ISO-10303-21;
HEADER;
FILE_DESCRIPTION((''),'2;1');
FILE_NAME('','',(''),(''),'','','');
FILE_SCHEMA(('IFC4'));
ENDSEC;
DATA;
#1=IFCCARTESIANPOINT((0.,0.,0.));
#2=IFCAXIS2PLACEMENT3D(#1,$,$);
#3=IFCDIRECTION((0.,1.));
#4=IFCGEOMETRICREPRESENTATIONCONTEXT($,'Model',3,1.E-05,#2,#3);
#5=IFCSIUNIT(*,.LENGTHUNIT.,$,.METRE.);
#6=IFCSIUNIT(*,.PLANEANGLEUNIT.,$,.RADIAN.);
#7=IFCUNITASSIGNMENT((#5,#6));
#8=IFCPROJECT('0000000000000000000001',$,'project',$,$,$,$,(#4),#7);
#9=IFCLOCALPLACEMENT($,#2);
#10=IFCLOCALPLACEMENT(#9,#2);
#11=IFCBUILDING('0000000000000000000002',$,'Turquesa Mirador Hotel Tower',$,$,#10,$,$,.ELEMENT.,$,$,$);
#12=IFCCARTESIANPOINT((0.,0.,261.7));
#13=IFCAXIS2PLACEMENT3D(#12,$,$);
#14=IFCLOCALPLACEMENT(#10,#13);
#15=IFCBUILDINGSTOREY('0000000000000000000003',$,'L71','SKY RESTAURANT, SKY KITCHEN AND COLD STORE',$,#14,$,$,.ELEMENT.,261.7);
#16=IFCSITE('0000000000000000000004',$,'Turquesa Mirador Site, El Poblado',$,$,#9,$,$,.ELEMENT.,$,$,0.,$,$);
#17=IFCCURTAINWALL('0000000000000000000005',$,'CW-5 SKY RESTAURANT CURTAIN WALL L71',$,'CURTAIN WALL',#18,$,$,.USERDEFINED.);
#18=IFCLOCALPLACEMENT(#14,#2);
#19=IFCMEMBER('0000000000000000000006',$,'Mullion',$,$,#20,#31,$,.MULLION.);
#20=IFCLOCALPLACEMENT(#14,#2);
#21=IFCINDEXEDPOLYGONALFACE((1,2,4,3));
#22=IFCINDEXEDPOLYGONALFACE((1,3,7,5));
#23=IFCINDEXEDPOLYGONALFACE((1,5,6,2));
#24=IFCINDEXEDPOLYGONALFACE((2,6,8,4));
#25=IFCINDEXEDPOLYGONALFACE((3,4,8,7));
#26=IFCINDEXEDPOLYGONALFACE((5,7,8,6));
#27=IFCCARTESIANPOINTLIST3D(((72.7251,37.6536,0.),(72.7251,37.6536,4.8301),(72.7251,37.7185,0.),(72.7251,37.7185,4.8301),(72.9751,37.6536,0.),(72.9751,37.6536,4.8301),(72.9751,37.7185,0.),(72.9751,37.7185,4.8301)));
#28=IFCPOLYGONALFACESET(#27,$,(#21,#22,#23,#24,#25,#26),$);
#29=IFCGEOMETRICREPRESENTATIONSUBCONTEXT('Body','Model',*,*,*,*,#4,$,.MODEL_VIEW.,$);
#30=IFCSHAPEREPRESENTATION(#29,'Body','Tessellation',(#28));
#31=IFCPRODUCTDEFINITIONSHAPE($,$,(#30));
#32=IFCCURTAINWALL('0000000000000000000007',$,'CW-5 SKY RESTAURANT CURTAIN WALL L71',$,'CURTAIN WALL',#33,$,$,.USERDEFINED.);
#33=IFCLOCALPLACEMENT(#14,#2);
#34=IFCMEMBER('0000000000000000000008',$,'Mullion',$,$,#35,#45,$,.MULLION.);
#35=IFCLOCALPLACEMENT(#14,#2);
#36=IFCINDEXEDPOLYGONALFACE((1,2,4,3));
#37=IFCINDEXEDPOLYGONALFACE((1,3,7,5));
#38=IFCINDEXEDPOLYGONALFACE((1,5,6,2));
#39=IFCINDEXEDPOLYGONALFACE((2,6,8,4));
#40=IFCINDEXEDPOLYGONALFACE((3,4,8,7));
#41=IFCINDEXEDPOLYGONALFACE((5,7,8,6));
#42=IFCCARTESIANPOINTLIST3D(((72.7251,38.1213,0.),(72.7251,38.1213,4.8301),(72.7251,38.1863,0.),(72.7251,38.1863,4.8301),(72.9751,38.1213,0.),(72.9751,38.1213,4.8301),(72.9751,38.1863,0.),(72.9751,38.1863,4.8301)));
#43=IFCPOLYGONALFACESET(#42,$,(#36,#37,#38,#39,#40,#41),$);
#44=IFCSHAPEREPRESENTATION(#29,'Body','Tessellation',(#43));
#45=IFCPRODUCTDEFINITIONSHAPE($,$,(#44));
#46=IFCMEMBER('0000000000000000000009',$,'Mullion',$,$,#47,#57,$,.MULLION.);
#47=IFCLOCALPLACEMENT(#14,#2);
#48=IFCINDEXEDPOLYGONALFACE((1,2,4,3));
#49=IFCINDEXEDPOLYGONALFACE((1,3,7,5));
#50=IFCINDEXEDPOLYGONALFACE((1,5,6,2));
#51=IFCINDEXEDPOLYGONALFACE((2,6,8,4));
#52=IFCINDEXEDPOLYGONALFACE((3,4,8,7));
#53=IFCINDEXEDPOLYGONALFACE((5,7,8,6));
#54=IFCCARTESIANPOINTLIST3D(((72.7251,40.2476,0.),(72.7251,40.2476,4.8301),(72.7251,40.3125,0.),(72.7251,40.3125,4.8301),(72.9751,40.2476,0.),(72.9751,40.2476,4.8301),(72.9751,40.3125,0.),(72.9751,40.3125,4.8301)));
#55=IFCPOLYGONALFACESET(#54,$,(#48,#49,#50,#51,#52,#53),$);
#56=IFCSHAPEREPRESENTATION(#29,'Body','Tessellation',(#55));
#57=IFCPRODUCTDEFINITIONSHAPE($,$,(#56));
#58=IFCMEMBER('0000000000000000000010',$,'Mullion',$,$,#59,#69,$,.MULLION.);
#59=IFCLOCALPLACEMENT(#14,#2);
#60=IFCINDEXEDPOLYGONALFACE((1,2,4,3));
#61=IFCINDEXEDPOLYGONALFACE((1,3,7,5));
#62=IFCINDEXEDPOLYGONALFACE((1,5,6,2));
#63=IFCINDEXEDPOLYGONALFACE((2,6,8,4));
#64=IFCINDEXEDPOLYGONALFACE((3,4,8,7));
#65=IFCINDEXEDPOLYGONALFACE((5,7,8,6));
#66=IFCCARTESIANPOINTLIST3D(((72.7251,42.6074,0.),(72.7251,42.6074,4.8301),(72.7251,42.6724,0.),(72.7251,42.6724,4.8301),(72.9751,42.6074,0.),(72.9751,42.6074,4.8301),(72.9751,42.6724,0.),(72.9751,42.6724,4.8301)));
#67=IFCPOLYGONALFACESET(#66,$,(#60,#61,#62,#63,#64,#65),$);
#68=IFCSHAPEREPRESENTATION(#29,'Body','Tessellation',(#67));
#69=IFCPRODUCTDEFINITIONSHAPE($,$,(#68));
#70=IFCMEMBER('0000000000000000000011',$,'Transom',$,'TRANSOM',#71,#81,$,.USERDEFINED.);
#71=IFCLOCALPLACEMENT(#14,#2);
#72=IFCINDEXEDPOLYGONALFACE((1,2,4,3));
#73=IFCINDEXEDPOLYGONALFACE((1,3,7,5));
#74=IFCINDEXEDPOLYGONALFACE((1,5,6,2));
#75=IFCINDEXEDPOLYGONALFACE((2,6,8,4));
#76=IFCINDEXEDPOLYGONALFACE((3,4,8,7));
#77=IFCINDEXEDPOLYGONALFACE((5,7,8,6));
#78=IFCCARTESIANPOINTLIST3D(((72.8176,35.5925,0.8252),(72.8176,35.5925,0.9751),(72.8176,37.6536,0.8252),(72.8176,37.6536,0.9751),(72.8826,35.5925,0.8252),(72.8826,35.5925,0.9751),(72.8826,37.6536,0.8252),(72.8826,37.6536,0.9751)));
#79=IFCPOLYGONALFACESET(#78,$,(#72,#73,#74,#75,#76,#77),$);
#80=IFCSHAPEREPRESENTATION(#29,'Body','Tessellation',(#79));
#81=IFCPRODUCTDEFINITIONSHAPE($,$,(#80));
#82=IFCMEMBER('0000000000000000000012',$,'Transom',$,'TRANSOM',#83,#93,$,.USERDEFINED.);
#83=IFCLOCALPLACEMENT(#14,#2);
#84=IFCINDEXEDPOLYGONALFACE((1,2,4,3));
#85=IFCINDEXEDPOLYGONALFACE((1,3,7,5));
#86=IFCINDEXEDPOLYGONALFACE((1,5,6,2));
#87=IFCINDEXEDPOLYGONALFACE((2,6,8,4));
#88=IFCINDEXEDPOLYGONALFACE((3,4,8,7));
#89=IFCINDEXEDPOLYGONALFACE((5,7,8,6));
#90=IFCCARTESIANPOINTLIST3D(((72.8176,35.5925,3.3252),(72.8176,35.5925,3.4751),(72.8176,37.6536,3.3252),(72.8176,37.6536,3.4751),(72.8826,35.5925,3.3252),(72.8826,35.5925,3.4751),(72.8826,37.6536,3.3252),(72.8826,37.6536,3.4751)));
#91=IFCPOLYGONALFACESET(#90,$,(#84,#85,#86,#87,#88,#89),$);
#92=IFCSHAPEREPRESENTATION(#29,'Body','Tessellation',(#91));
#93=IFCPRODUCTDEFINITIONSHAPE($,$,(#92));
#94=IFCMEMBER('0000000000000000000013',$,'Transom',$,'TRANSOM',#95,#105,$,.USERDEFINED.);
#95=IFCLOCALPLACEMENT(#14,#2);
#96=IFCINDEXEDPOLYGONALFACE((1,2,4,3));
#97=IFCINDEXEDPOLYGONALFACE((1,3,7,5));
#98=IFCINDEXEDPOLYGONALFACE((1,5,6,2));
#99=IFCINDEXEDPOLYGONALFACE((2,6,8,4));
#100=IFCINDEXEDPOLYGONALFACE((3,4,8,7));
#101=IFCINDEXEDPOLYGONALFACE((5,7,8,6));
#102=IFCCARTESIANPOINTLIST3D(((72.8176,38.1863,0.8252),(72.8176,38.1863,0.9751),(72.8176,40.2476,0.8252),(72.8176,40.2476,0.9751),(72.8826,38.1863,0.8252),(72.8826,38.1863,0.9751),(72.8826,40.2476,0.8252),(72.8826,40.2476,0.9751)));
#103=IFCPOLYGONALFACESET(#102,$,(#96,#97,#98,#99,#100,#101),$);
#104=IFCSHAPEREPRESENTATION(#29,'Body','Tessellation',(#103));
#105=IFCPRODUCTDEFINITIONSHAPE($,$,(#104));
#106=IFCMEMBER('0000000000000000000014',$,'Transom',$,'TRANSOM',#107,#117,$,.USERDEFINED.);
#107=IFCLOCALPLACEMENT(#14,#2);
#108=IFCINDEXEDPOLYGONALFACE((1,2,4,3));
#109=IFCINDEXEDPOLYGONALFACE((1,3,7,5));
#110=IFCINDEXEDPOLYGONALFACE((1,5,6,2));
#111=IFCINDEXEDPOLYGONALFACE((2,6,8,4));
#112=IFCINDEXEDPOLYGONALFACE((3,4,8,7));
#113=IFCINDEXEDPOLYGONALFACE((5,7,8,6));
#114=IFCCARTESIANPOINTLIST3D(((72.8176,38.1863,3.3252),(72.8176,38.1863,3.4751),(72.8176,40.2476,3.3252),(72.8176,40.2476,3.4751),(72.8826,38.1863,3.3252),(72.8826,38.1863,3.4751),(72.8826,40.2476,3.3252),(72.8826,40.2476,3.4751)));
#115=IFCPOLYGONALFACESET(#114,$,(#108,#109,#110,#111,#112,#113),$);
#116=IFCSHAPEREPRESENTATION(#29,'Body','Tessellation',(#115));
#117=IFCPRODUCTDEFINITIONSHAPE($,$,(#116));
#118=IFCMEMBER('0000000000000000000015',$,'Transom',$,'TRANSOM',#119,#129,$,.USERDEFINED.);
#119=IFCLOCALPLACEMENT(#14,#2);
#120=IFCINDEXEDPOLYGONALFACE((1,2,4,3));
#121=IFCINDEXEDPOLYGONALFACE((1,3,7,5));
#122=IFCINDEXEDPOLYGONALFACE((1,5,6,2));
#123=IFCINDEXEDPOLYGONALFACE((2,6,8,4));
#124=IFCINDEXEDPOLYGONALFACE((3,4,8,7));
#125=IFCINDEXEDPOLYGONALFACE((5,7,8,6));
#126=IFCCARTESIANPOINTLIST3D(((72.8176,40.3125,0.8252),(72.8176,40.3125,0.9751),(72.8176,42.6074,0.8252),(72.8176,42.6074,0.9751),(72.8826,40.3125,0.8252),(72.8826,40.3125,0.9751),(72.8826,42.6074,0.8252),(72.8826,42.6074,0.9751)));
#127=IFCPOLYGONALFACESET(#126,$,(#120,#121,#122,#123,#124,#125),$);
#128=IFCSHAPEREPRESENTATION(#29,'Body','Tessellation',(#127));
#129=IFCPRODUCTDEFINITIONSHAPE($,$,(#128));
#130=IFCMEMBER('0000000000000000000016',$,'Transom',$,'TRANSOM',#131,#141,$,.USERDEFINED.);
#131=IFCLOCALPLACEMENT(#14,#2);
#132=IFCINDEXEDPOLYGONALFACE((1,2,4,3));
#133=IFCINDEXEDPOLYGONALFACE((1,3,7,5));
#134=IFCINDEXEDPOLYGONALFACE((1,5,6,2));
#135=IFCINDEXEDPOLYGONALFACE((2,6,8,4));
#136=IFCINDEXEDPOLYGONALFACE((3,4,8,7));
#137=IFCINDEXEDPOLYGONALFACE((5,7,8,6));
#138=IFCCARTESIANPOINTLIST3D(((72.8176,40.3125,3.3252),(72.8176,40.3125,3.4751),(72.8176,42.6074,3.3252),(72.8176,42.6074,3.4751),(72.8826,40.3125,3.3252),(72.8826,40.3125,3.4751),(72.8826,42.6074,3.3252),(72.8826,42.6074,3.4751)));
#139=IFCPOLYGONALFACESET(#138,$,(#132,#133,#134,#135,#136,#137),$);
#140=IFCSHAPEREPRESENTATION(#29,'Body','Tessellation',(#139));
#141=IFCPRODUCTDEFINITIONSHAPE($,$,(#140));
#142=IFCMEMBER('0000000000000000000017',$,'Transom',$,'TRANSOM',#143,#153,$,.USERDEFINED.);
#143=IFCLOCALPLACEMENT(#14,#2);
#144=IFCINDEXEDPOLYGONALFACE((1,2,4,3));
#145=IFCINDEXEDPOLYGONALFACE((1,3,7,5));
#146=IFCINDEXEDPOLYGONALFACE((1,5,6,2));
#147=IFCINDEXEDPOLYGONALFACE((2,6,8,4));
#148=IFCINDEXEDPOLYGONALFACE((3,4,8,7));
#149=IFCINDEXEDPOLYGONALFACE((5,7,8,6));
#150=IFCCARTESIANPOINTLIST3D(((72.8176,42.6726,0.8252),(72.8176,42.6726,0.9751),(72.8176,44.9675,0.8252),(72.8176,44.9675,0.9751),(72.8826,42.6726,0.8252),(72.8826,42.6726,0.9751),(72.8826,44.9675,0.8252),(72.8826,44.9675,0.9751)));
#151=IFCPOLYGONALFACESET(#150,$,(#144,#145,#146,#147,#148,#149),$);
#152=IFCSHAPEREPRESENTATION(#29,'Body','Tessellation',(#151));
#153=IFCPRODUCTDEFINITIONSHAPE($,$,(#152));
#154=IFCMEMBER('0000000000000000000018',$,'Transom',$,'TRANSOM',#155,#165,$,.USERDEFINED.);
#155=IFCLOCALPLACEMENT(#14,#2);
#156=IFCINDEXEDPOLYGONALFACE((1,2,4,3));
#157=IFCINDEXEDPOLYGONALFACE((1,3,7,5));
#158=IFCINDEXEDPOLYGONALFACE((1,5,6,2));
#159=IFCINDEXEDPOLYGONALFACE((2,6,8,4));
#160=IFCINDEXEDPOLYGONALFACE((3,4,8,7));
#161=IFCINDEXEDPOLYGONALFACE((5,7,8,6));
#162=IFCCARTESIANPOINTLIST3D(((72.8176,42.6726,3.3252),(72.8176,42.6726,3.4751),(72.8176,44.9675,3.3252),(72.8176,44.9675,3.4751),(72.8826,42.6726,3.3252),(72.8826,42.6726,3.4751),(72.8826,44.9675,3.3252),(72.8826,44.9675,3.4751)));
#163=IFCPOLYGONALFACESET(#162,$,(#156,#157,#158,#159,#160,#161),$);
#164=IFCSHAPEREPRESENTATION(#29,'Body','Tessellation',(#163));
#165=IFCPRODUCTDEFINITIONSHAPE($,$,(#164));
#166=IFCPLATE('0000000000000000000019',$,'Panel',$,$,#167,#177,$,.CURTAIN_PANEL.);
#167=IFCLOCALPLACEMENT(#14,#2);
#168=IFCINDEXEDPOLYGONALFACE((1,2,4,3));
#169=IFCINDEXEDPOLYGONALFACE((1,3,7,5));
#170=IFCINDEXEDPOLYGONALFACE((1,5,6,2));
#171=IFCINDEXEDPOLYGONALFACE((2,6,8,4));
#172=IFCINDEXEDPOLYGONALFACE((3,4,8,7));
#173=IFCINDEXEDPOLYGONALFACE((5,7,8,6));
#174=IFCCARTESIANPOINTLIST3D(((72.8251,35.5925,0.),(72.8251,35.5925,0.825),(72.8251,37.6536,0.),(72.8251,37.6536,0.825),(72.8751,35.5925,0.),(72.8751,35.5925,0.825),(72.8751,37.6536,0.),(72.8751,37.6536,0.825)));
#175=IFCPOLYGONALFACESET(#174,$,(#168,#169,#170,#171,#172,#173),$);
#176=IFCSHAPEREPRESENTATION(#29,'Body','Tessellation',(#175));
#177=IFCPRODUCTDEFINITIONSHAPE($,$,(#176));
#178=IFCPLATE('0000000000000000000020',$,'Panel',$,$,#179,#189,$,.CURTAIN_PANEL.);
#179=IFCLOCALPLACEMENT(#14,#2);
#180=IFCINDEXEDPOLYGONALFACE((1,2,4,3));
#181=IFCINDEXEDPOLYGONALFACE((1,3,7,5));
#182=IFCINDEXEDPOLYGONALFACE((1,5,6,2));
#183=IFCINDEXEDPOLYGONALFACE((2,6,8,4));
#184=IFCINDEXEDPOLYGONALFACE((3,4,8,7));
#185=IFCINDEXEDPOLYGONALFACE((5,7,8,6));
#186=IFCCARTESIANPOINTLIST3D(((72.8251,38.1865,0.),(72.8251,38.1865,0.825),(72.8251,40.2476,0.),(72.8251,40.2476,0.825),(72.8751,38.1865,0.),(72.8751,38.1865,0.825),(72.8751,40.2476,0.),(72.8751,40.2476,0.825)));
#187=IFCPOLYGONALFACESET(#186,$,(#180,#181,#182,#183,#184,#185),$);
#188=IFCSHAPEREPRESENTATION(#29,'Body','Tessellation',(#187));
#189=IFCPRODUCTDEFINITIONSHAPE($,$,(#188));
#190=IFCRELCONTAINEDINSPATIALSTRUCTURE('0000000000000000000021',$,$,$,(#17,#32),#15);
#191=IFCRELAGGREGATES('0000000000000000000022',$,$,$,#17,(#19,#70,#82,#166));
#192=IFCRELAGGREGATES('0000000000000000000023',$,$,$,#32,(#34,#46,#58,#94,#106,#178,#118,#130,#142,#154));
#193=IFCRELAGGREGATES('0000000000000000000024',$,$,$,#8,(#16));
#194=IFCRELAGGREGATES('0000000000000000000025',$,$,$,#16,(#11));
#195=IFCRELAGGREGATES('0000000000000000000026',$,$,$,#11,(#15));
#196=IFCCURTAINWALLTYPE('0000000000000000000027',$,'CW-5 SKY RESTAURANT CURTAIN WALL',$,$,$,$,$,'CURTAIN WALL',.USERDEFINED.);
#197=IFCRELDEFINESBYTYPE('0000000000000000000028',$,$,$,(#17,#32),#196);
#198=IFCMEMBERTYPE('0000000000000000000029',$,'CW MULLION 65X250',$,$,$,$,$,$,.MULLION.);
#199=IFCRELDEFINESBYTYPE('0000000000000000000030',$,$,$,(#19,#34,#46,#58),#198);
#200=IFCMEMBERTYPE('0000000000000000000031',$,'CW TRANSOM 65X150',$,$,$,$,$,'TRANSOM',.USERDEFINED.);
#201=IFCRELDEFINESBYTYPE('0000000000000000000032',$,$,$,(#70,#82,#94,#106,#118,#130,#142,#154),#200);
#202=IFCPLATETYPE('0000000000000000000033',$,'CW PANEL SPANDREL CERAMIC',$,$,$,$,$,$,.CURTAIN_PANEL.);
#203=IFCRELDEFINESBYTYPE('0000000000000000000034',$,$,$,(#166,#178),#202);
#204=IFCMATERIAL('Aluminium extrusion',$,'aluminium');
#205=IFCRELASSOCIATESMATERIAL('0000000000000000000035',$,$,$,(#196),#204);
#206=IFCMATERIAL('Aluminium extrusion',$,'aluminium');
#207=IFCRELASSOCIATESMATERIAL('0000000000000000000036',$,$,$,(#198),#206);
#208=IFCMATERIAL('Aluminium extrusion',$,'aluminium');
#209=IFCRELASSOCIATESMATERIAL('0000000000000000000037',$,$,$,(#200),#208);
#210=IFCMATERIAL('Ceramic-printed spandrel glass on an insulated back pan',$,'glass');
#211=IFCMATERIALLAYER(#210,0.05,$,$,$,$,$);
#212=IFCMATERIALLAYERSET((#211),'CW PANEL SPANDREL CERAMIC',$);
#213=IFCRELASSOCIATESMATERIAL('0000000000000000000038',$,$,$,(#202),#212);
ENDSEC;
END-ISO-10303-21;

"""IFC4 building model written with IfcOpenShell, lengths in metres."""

from ifc_helpers import new_model, si_unit, direction, frame, origin, origin_2d, place, context, subcontext, project, spatial, rectangle, extrude, material, layer, layer_set, material_profile, profile_set, type_object, element, aggregate, save


model = new_model("IFC4")

# Units and contexts
model_context = context("Model", 3, precision=1e-05, world=origin(), true_north=direction((0.0, 1.0)))
body_context = subcontext(model_context, "Body", "Model", "MODEL_VIEW")
ifc_project = project(units=[si_unit("LENGTHUNIT", "METRE"), si_unit("PLANEANGLEUNIT", "RADIAN")], contexts=[model_context])

# Site, building, storey
site_placement = place(None, origin())
site = spatial("IfcSite", under=ifc_project, at=site_placement, Name="Turquesa Mirador Site, El Poblado", CompositionType="ELEMENT", RefElevation=0.0)
building_placement = place(site_placement, origin())
building = spatial("IfcBuilding", under=site, at=building_placement, Name="Turquesa Mirador Hotel Tower", CompositionType="ELEMENT")
storey_placement = place(building_placement, frame((0.0, 0.0, 261.7)))
storey = spatial("IfcBuildingStorey", under=building, at=storey_placement, Name="L71", Description="SKY RESTAURANT, SKY KITCHEN AND COLD STORE", CompositionType="ELEMENT", Elevation=261.7)

# Curtain walls, members
ifc_material_1 = material(Name="Aluminium extrusion", Category="aluminium")
curtain_wall_type = type_object("IfcCurtainWallType", Name="CW-5 SKY RESTAURANT CURTAIN WALL", ElementType="CURTAIN WALL", PredefinedType="USERDEFINED", material=ifc_material_1)
curtain_wall_1_placement = place(storey_placement, origin())
curtain_wall_1 = element("IfcCurtainWall", 1, at=curtain_wall_1_placement, inside=storey, type_object=curtain_wall_type, Name="CW-5 SKY RESTAURANT CURTAIN WALL L71", ObjectType="CURTAIN WALL", PredefinedType="USERDEFINED")
ifc_material_2 = material(Name="Aluminium extrusion", Category="aluminium")
ifc_material_profile_1 = material_profile(ifc_material_2, rectangle(XDim=0.0649, YDim=0.25, at=origin_2d()), Name="MULLION 65X250")
ifc_profile_set_1 = profile_set([ifc_material_profile_1], Name="Aluminium extrusion")
member_type_1 = type_object("IfcMemberType", Name="CW MULLION 65X250", PredefinedType="MULLION", material=ifc_profile_set_1)
member_1_placement = place(storey_placement, frame((72.8501, 37.686, 0.0), z_axis=(0.0, 0.0, 1.0), x_axis=(0.0, 1.0, 0.0)))
member_1 = element("IfcMember", 2, at=member_1_placement, type_object=member_type_1, Name="Mullion", PredefinedType="MULLION", context=body_context, shape_type="SweptSolid", body=[
    extrude(rectangle(XDim=0.0649, YDim=0.25, at=origin_2d()), origin(), (0.0, 0.0, 1.0), 4.8301),
])
curtain_wall_2_placement = place(storey_placement, origin())
curtain_wall_2 = element("IfcCurtainWall", 3, at=curtain_wall_2_placement, inside=storey, type_object=curtain_wall_type, Name="CW-5 SKY RESTAURANT CURTAIN WALL L71", ObjectType="CURTAIN WALL", PredefinedType="USERDEFINED")
member_2_placement = place(storey_placement, frame((72.8501, 38.1538, 0.0), z_axis=(0.0, 0.0, 1.0), x_axis=(0.0, 1.0, 0.0)))
member_2 = element("IfcMember", 4, at=member_2_placement, type_object=member_type_1, Name="Mullion", PredefinedType="MULLION", context=body_context, shape_type="SweptSolid", body=[
    extrude(rectangle(XDim=0.0649, YDim=0.25, at=origin_2d()), origin(), (0.0, 0.0, 1.0), 4.8301),
])
member_3_placement = place(storey_placement, frame((72.8501, 40.28, 0.0), z_axis=(0.0, 0.0, 1.0), x_axis=(0.0, 1.0, 0.0)))
member_3 = element("IfcMember", 5, at=member_3_placement, type_object=member_type_1, Name="Mullion", PredefinedType="MULLION", context=body_context, shape_type="SweptSolid", body=[
    extrude(rectangle(XDim=0.0649, YDim=0.25, at=origin_2d()), origin(), (0.0, 0.0, 1.0), 4.8301),
])
member_4_placement = place(storey_placement, frame((72.8501, 42.6399, 0.0), z_axis=(0.0, 0.0, 1.0), x_axis=(0.0, 1.0, 0.0)))
member_4 = element("IfcMember", 6, at=member_4_placement, type_object=member_type_1, Name="Mullion", PredefinedType="MULLION", context=body_context, shape_type="SweptSolid", body=[
    extrude(rectangle(XDim=0.0649, YDim=0.25, at=origin_2d()), origin(), (0.0, 0.0, 1.0), 4.8301),
])

# Members
ifc_material_3 = material(Name="Aluminium extrusion", Category="aluminium")
ifc_material_profile_2 = material_profile(ifc_material_3, rectangle(XDim=0.0649, YDim=0.1499, at=origin_2d()), Name="TRANSOM 65X150")
ifc_profile_set_2 = profile_set([ifc_material_profile_2], Name="Aluminium extrusion")
member_type_2 = type_object("IfcMemberType", Name="CW TRANSOM 65X150", ElementType="TRANSOM", PredefinedType="USERDEFINED", material=ifc_profile_set_2)
member_5_placement = place(storey_placement, frame((72.8501, 35.5925, 0.9001), z_axis=(0.0, 1.0, 0.0), x_axis=(-1.0, 0.0, 0.0)))
member_5 = element("IfcMember", 7, at=member_5_placement, type_object=member_type_2, Name="Transom", ObjectType="TRANSOM", PredefinedType="USERDEFINED", context=body_context, shape_type="SweptSolid", body=[
    extrude(rectangle(XDim=0.0649, YDim=0.1499, at=origin_2d()), origin(), (0.0, 0.0, 1.0), 2.061),
])
member_6_placement = place(storey_placement, frame((72.8501, 35.5925, 3.4001), z_axis=(0.0, 1.0, 0.0), x_axis=(-1.0, 0.0, 0.0)))
member_6 = element("IfcMember", 8, at=member_6_placement, type_object=member_type_2, Name="Transom", ObjectType="TRANSOM", PredefinedType="USERDEFINED", context=body_context, shape_type="SweptSolid", body=[
    extrude(rectangle(XDim=0.0649, YDim=0.1499, at=origin_2d()), origin(), (0.0, 0.0, 1.0), 2.061),
])
member_7_placement = place(storey_placement, frame((72.8501, 38.1863, 0.9001), z_axis=(0.0, 1.0, 0.0), x_axis=(-1.0, 0.0, 0.0)))
member_7 = element("IfcMember", 9, at=member_7_placement, type_object=member_type_2, Name="Transom", ObjectType="TRANSOM", PredefinedType="USERDEFINED", context=body_context, shape_type="SweptSolid", body=[
    extrude(rectangle(XDim=0.0649, YDim=0.1499, at=origin_2d()), origin(), (0.0, 0.0, 1.0), 2.0613),
])
member_8_placement = place(storey_placement, frame((72.8501, 38.1863, 3.4001), z_axis=(0.0, 1.0, 0.0), x_axis=(-1.0, 0.0, 0.0)))
member_8 = element("IfcMember", 10, at=member_8_placement, type_object=member_type_2, Name="Transom", ObjectType="TRANSOM", PredefinedType="USERDEFINED", context=body_context, shape_type="SweptSolid", body=[
    extrude(rectangle(XDim=0.0649, YDim=0.1499, at=origin_2d()), origin(), (0.0, 0.0, 1.0), 2.0613),
])
member_9_placement = place(storey_placement, frame((72.8501, 40.3125, 0.9001), z_axis=(0.0, 1.0, 0.0), x_axis=(-1.0, 0.0, 0.0)))
member_9 = element("IfcMember", 11, at=member_9_placement, type_object=member_type_2, Name="Transom", ObjectType="TRANSOM", PredefinedType="USERDEFINED", context=body_context, shape_type="SweptSolid", body=[
    extrude(rectangle(XDim=0.0649, YDim=0.1499, at=origin_2d()), origin(), (0.0, 0.0, 1.0), 2.2949),
])
member_10_placement = place(storey_placement, frame((72.8501, 40.3125, 3.4001), z_axis=(0.0, 1.0, 0.0), x_axis=(-1.0, 0.0, 0.0)))
member_10 = element("IfcMember", 12, at=member_10_placement, type_object=member_type_2, Name="Transom", ObjectType="TRANSOM", PredefinedType="USERDEFINED", context=body_context, shape_type="SweptSolid", body=[
    extrude(rectangle(XDim=0.0649, YDim=0.1499, at=origin_2d()), origin(), (0.0, 0.0, 1.0), 2.2949),
])
member_11_placement = place(storey_placement, frame((72.8501, 42.6726, 0.9001), z_axis=(0.0, 1.0, 0.0), x_axis=(-1.0, 0.0, 0.0)))
member_11 = element("IfcMember", 13, at=member_11_placement, type_object=member_type_2, Name="Transom", ObjectType="TRANSOM", PredefinedType="USERDEFINED", context=body_context, shape_type="SweptSolid", body=[
    extrude(rectangle(XDim=0.0649, YDim=0.1499, at=origin_2d()), origin(), (0.0, 0.0, 1.0), 2.2949),
])
member_12_placement = place(storey_placement, frame((72.8501, 42.6726, 3.4001), z_axis=(0.0, 1.0, 0.0), x_axis=(-1.0, 0.0, 0.0)))
member_12 = element("IfcMember", 14, at=member_12_placement, type_object=member_type_2, Name="Transom", ObjectType="TRANSOM", PredefinedType="USERDEFINED", context=body_context, shape_type="SweptSolid", body=[
    extrude(rectangle(XDim=0.0649, YDim=0.1499, at=origin_2d()), origin(), (0.0, 0.0, 1.0), 2.2949),
])

# Plates
ifc_material_4 = material(Name="Ceramic-printed spandrel glass on an insulated back pan", Category="glass")
ifc_layer_1 = layer(ifc_material_4, 0.05)
ifc_layer_set_1 = layer_set([ifc_layer_1], Name="CW PANEL SPANDREL CERAMIC")
plate_type_1 = type_object("IfcPlateType", Name="CW PANEL SPANDREL CERAMIC", PredefinedType="CURTAIN_PANEL", material=ifc_layer_set_1)
plate_1_placement = place(storey_placement, frame((72.8501, 36.623, 0.0), z_axis=(0.0, 0.0, 1.0), x_axis=(0.0, 1.0, 0.0)))
plate_1 = element("IfcPlate", 15, at=plate_1_placement, type_object=plate_type_1, Name="Panel", PredefinedType="CURTAIN_PANEL", context=body_context, shape_type="SweptSolid", body=[
    extrude(rectangle(XDim=2.061, YDim=0.05, at=origin_2d()), origin(), (0.0, 0.0, 1.0), 0.825),
])
plate_2_placement = place(storey_placement, frame((72.8501, 39.217, 0.0), z_axis=(0.0, 0.0, 1.0), x_axis=(0.0, 1.0, 0.0)))
plate_2 = element("IfcPlate", 16, at=plate_2_placement, type_object=plate_type_1, Name="Panel", PredefinedType="CURTAIN_PANEL", context=body_context, shape_type="SweptSolid", body=[
    extrude(rectangle(XDim=2.061, YDim=0.05, at=origin_2d()), origin(), (0.0, 0.0, 1.0), 0.825),
])
aggregate(curtain_wall_1, [member_1, member_5, member_6, plate_1])
aggregate(curtain_wall_2, [member_2, member_3, member_4, member_7, member_8, plate_2, member_9, member_10, member_11, member_12])

save(model, "model.ifc")
